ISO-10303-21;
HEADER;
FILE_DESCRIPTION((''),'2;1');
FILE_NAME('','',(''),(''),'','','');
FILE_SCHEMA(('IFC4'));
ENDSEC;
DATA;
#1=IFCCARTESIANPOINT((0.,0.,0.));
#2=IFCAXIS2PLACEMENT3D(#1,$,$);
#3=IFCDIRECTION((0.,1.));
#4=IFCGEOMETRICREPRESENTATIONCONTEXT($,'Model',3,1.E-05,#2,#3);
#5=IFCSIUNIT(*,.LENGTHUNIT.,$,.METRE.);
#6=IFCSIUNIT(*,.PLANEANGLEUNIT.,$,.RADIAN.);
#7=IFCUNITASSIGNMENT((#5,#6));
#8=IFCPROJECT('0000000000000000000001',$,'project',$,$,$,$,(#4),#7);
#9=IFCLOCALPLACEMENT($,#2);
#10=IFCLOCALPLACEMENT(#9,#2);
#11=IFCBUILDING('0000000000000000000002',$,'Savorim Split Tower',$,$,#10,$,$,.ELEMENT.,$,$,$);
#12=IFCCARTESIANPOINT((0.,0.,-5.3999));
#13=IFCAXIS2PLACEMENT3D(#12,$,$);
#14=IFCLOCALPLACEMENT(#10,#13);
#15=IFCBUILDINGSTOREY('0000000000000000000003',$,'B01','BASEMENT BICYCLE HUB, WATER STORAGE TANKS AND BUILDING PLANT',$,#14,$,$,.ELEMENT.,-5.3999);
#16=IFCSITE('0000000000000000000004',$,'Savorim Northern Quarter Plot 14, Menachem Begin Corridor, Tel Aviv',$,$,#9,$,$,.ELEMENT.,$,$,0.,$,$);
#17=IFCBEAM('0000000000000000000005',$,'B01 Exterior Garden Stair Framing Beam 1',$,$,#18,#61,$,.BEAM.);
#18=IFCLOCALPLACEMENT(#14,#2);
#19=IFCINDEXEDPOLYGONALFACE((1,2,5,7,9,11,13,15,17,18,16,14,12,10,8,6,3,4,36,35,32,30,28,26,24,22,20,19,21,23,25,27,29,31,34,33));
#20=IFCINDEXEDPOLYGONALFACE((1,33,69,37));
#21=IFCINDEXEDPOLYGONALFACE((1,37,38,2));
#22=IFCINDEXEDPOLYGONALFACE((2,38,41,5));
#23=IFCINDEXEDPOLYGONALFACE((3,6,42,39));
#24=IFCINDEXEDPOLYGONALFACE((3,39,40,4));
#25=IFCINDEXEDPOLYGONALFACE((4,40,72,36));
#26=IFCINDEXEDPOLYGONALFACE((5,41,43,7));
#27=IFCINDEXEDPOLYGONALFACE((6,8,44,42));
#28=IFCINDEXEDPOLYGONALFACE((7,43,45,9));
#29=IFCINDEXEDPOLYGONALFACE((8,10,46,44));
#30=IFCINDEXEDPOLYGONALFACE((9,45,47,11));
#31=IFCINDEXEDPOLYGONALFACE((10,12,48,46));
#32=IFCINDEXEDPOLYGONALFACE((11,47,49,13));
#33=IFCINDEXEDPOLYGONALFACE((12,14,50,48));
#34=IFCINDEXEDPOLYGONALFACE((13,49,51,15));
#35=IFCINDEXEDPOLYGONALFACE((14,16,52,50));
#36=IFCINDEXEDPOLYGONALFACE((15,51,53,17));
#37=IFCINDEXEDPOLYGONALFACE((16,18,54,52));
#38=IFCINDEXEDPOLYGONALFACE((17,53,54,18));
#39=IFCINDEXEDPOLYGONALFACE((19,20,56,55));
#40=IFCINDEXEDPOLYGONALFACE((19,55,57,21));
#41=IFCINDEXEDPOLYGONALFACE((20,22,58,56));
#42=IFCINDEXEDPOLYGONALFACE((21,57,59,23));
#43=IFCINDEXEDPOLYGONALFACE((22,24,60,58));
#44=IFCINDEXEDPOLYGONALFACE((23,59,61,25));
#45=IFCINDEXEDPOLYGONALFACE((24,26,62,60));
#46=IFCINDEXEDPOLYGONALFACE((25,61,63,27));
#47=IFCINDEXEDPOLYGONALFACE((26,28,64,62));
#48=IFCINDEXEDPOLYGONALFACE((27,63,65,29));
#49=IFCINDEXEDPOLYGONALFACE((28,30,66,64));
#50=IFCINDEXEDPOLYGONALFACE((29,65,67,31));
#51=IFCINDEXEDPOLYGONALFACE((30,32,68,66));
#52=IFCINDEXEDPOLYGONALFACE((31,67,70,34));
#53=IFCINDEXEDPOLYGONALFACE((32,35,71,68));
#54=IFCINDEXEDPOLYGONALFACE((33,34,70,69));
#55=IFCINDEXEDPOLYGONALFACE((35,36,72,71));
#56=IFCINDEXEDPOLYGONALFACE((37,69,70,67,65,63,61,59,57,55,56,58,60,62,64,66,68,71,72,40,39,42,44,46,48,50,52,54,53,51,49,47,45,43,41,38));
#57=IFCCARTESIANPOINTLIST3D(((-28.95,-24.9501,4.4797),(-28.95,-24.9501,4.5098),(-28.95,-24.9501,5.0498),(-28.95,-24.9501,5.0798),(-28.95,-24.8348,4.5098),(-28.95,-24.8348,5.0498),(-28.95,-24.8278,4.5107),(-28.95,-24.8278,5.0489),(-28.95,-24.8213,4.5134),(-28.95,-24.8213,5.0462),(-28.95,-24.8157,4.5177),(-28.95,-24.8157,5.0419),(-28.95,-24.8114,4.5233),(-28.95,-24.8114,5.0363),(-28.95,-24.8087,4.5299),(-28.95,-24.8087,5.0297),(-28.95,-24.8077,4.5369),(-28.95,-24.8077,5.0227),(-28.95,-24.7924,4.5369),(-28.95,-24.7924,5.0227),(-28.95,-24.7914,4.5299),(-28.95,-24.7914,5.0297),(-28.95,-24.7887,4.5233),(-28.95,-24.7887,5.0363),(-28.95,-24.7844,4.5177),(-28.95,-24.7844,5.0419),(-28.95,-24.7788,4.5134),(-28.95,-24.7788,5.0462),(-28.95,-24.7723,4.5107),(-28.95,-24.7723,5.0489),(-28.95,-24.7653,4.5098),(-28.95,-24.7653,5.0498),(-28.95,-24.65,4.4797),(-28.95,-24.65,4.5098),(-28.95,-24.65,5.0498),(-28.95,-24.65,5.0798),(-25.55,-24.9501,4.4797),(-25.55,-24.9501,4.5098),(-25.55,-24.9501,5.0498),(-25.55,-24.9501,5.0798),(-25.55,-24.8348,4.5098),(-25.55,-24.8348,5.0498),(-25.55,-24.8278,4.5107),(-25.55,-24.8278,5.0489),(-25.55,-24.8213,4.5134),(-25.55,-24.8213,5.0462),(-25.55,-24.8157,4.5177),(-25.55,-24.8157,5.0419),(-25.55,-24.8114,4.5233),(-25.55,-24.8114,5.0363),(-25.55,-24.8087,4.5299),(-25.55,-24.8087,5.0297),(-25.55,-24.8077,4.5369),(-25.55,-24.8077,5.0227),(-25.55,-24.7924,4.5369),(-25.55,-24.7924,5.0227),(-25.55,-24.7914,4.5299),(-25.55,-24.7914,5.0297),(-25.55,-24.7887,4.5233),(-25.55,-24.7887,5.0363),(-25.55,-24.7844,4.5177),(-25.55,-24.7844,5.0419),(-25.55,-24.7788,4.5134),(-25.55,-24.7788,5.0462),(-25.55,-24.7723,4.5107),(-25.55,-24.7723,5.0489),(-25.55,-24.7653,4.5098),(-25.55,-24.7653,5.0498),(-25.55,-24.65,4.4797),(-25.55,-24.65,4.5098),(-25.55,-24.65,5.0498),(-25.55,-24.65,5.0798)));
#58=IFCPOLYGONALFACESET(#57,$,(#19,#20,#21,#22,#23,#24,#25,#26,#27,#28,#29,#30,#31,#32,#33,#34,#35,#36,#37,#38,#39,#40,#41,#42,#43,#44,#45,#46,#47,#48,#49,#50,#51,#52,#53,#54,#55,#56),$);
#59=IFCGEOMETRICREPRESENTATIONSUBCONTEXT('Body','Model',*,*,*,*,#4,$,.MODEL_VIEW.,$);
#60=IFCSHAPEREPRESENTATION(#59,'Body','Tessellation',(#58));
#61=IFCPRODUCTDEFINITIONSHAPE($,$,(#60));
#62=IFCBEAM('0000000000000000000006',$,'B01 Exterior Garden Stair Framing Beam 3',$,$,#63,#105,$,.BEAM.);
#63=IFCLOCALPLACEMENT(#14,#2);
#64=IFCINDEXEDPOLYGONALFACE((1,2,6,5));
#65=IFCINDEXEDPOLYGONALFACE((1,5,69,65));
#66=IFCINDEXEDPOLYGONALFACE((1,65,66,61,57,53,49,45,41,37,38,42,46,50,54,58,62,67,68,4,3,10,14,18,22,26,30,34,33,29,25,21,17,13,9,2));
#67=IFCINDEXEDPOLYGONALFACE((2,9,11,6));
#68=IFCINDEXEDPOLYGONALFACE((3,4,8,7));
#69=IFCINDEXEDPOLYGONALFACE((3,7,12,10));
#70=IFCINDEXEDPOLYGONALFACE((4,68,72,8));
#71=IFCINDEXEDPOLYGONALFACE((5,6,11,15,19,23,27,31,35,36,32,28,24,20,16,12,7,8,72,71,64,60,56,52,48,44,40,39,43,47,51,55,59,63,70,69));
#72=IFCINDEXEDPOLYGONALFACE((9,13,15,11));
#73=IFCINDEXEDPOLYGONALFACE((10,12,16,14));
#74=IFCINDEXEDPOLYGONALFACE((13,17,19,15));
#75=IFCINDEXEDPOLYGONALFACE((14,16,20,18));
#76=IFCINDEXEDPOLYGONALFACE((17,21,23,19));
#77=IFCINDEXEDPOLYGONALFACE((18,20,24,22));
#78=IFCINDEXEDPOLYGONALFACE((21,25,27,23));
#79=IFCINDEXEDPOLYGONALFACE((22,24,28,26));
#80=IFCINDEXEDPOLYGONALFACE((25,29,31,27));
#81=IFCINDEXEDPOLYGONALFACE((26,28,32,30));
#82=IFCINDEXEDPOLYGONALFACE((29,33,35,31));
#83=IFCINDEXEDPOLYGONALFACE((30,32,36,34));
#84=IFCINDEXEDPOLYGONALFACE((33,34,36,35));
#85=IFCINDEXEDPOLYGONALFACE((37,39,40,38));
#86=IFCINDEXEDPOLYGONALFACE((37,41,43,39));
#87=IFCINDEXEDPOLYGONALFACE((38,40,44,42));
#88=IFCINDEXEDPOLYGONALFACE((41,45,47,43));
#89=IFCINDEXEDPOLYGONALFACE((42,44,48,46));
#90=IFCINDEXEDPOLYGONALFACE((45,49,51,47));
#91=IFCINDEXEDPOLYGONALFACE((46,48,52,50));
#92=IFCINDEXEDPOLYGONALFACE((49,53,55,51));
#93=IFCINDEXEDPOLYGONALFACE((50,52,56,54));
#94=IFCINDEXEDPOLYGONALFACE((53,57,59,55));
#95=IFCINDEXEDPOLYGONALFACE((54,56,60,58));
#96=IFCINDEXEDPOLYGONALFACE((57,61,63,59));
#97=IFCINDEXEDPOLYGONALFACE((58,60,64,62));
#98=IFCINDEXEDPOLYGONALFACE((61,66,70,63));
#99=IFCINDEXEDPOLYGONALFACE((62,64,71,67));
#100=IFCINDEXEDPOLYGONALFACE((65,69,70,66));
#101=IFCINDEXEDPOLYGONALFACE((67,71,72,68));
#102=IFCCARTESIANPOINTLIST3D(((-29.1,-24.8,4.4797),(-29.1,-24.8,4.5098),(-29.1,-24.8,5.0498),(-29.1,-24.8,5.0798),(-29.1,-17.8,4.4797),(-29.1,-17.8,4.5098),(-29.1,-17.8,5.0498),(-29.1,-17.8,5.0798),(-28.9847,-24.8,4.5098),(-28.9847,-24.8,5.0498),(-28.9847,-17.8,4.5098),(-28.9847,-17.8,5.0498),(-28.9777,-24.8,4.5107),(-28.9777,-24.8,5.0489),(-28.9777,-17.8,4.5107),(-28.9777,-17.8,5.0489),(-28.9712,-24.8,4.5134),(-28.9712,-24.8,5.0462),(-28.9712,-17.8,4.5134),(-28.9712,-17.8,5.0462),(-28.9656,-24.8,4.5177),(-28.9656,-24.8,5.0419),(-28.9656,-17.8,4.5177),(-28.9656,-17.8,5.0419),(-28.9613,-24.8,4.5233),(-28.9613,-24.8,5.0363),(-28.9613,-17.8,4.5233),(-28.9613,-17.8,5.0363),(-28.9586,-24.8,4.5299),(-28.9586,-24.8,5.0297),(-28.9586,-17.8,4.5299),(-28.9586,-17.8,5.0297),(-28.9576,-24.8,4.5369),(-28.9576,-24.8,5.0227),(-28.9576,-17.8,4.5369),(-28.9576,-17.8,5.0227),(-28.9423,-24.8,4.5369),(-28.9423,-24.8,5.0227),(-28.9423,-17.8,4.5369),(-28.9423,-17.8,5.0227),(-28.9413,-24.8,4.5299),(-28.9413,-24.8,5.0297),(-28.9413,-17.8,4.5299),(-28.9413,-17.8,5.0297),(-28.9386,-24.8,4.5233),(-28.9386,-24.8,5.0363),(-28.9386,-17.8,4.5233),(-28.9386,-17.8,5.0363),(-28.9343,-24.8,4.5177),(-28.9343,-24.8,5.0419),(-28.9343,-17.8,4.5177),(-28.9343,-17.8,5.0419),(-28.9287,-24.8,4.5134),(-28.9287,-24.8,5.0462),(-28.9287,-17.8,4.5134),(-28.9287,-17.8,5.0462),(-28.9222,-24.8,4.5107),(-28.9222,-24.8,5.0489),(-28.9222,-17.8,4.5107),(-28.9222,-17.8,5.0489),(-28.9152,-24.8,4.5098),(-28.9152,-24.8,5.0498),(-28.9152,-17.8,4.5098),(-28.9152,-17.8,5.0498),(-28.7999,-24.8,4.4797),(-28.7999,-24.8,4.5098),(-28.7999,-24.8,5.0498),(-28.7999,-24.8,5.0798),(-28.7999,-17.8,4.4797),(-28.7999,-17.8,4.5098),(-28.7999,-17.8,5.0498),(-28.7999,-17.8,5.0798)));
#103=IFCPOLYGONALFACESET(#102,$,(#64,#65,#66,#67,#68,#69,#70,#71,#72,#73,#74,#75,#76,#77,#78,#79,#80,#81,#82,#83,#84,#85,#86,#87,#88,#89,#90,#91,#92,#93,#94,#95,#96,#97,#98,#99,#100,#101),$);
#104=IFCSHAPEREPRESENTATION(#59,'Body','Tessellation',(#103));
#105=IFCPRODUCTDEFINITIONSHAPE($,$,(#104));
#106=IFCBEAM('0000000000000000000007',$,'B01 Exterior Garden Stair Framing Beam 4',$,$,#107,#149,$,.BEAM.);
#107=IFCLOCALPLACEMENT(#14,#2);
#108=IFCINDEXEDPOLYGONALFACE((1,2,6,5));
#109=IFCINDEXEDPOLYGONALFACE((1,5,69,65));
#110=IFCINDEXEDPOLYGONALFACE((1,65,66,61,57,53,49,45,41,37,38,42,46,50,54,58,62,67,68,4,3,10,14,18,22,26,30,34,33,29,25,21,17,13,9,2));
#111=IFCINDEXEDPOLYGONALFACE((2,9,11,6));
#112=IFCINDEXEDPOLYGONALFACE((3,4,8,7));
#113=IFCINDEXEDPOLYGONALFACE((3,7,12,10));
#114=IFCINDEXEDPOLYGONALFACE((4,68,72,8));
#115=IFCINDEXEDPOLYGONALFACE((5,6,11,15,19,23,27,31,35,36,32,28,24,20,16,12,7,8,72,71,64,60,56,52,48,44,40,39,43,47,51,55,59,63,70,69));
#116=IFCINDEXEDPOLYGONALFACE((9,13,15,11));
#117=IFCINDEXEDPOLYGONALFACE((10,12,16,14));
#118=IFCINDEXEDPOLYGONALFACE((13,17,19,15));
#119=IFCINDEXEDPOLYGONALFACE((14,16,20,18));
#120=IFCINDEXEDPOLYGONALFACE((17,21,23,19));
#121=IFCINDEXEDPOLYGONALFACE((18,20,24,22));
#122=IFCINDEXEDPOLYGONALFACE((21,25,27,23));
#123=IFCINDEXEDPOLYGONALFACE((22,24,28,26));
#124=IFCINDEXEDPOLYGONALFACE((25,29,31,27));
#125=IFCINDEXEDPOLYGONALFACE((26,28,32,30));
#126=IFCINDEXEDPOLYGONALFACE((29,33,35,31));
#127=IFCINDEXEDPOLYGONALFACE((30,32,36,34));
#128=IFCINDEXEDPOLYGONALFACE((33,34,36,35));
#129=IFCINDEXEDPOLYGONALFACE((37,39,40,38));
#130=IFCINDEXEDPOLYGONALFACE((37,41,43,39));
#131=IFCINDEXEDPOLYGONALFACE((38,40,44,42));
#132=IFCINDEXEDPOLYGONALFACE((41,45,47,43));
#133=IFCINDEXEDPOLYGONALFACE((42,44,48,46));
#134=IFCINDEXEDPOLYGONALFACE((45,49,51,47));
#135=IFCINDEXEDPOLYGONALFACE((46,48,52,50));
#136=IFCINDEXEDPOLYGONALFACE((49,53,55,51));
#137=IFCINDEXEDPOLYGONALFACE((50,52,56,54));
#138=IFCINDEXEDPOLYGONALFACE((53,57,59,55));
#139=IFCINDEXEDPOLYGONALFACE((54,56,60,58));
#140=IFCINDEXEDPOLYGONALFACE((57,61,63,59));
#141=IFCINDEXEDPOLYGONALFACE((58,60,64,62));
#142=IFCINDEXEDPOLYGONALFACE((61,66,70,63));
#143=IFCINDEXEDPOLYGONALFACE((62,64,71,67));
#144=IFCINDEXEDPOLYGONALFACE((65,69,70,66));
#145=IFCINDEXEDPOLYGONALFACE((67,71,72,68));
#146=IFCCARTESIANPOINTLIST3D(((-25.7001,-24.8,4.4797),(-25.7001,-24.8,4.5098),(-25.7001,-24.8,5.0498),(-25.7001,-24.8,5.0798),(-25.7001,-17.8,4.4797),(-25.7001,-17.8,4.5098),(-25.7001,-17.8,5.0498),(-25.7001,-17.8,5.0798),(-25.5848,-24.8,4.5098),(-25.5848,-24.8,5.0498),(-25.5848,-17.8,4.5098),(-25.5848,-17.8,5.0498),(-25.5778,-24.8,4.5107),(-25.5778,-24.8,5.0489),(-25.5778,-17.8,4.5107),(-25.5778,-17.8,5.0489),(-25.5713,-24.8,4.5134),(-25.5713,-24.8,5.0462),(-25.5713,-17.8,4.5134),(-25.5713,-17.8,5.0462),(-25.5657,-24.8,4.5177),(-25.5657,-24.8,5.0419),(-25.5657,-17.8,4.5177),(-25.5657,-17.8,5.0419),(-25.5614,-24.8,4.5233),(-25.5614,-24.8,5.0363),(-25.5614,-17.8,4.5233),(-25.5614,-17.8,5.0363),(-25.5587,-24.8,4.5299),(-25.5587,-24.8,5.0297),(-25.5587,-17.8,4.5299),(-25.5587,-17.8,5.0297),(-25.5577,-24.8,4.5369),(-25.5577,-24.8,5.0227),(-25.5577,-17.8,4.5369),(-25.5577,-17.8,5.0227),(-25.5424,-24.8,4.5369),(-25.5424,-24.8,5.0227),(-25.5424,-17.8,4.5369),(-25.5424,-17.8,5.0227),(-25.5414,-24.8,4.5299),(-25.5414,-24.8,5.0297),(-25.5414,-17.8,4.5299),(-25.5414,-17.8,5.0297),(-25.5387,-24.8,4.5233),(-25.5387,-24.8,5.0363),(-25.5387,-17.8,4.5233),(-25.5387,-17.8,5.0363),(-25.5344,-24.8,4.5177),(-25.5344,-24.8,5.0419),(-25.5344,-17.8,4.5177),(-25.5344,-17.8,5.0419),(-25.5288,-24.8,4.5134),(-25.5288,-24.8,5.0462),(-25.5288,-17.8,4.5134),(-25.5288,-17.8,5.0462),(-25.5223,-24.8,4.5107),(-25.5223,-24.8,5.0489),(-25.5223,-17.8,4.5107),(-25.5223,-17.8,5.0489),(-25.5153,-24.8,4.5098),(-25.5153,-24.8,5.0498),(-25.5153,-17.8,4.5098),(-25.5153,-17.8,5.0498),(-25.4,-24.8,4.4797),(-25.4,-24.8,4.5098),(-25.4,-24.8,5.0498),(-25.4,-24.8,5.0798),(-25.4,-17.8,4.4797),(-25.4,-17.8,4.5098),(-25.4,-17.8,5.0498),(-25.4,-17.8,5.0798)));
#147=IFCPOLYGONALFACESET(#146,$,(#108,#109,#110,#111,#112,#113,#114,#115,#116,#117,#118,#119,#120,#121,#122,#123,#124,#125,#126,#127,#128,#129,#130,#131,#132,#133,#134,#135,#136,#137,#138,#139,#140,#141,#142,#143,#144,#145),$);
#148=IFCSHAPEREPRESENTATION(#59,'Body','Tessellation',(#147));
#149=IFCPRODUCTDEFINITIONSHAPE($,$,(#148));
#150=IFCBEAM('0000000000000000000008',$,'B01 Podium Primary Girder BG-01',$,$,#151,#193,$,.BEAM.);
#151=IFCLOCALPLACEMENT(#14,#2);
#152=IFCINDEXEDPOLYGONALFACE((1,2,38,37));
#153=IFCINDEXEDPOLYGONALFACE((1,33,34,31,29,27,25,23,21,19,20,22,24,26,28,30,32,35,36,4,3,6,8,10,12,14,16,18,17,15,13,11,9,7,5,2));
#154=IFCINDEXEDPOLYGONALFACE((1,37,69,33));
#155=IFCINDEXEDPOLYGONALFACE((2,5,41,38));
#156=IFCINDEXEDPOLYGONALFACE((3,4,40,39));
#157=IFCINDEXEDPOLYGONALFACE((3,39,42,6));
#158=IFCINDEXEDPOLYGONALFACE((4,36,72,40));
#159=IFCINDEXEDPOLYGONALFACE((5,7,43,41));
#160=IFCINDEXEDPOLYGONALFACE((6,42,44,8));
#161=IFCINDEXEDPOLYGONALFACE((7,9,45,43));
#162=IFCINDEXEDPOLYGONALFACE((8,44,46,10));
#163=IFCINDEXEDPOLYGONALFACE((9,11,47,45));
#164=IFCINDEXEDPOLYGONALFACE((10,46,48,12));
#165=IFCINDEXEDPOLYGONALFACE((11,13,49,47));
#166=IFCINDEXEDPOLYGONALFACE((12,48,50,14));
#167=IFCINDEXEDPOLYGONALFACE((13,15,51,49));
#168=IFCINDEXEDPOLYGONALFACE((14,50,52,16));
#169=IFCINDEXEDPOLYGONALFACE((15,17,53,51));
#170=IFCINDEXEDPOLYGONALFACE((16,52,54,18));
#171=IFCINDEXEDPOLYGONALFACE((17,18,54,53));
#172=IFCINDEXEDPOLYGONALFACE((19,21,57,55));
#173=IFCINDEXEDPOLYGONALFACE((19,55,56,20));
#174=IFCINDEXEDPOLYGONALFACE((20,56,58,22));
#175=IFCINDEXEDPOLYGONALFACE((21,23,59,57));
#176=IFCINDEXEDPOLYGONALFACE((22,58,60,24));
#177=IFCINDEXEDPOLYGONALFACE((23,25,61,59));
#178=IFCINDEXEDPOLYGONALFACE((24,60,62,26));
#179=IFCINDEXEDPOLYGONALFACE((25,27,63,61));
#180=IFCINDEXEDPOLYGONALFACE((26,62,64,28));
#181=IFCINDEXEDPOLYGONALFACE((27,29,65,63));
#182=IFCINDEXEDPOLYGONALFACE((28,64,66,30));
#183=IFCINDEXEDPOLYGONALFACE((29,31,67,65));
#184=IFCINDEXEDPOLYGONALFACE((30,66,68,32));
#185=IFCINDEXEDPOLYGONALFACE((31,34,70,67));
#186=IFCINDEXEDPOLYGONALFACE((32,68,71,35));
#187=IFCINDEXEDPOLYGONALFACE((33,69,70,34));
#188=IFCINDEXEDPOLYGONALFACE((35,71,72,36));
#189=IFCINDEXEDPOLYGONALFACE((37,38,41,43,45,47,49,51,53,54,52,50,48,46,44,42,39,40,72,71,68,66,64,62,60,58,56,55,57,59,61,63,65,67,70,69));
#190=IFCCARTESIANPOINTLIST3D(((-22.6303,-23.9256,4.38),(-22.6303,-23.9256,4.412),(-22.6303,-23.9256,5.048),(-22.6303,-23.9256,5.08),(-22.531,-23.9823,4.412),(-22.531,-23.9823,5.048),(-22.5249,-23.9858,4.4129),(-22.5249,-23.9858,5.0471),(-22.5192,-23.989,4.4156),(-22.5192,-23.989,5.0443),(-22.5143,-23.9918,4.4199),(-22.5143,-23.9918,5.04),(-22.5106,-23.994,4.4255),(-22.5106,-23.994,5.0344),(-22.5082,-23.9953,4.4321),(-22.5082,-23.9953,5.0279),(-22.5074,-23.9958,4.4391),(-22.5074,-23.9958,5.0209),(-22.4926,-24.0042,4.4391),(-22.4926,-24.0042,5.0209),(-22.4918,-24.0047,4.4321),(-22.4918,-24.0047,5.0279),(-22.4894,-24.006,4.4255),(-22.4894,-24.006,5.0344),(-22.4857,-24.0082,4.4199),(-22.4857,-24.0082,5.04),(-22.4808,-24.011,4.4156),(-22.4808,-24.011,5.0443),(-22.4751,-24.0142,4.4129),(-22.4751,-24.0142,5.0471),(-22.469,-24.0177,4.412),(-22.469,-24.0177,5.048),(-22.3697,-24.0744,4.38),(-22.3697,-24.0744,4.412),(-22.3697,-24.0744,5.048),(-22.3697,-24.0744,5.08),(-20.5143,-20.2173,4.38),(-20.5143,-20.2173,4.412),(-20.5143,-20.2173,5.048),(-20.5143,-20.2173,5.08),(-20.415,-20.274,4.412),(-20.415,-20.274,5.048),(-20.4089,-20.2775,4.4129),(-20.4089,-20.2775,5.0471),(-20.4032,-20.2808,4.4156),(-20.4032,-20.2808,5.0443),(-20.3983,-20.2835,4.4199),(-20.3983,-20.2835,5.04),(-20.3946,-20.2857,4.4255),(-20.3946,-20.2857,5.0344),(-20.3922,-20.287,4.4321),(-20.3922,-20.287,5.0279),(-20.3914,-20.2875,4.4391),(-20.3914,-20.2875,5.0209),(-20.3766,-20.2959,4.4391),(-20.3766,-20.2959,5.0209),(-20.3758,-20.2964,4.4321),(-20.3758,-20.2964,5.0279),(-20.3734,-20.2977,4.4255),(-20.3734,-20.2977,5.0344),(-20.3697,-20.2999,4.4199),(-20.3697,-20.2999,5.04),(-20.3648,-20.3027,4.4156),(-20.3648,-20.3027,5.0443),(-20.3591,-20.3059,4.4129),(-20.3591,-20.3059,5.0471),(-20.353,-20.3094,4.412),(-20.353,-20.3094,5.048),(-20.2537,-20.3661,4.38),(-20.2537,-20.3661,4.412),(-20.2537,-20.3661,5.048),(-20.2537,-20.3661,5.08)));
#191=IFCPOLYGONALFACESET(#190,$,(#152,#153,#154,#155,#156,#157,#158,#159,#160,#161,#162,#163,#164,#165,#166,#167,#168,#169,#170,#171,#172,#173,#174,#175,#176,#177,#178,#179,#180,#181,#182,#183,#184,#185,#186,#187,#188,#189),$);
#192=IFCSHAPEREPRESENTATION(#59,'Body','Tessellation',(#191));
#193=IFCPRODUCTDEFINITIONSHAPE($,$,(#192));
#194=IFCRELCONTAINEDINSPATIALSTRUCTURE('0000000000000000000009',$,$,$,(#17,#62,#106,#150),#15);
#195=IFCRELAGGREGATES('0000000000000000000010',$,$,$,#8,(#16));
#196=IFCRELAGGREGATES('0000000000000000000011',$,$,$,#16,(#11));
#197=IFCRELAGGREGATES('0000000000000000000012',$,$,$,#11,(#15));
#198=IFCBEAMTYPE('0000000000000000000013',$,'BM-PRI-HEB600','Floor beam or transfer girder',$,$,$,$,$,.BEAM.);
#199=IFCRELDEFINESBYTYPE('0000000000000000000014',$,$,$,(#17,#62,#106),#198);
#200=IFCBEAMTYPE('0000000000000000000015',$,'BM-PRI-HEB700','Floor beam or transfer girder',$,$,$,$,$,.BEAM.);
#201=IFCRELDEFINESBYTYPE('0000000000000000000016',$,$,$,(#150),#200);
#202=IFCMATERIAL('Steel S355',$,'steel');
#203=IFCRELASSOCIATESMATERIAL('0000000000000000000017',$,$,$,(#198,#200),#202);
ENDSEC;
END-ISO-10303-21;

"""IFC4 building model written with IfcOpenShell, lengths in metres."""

from ifc_helpers import new_model, si_unit, direction, frame, origin, origin_2d, place, context, subcontext, project, spatial, i_section, extrude, material, material_profile, profile_set, type_object, element, save


model = new_model("IFC4")

# Units and contexts
model_context = context("Model", 3, precision=1e-05, world=origin(), true_north=direction((0.0, 1.0)))
body_context = subcontext(model_context, "Body", "Model", "MODEL_VIEW")
ifc_project = project(units=[si_unit("LENGTHUNIT", "METRE"), si_unit("PLANEANGLEUNIT", "RADIAN")], contexts=[model_context])

# Site, building, storey
site_placement = place(None, origin())
site = spatial("IfcSite", under=ifc_project, at=site_placement, Name="Savorim Northern Quarter Plot 14, Menachem Begin Corridor, Tel Aviv", CompositionType="ELEMENT", RefElevation=0.0)
building_placement = place(site_placement, origin())
building = spatial("IfcBuilding", under=site, at=building_placement, Name="Savorim Split Tower", CompositionType="ELEMENT")
storey_placement = place(building_placement, frame((0.0, 0.0, -5.3999)))
storey = spatial("IfcBuildingStorey", under=building, at=storey_placement, Name="B01", Description="BASEMENT BICYCLE HUB, WATER STORAGE TANKS AND BUILDING PLANT", CompositionType="ELEMENT", Elevation=-5.3999)

# Beams
ifc_material_1 = material(Name="Steel S355", Category="steel")
ifc_material_profile_1 = material_profile(ifc_material_1, i_section(OverallWidth=0.3, OverallDepth=0.6001, WebThickness=0.0154, FlangeThickness=0.03, FilletRadius=0.0271, at=origin_2d()), Name="HEB 600")
ifc_profile_set_1 = profile_set([ifc_material_profile_1], Name="Steel S355")
beam_type_1 = type_object("IfcBeamType", Name="BM-PRI-HEB600", Description="Floor beam or transfer girder", PredefinedType="BEAM", material=ifc_profile_set_1)
beam_1_placement = place(storey_placement, frame((-28.95, -24.8, 4.7798), z_axis=(1.0, 0.0, 0.0), x_axis=(0.0, 1.0, 0.0)))
element("IfcBeam", 1, at=beam_1_placement, inside=storey, type_object=beam_type_1, Name="B01 Exterior Garden Stair Framing Beam 1", PredefinedType="BEAM", context=body_context, shape_type="SweptSolid", body=[
    extrude(i_section(OverallWidth=0.3, OverallDepth=0.6001, WebThickness=0.0154, FlangeThickness=0.03, FilletRadius=0.0271, at=origin_2d()), origin(), (0.0, 0.0, 1.0), 3.3999),
])
for number, where, z_axis, x_axis, name in (
    (2, (-28.95, -24.8, 4.7798), (0.0, 1.0, 0.0), (-1.0, 0.0, 0.0), "B01 Exterior Garden Stair Framing Beam 3"),
    (3, (-25.55, -24.8, 4.7798), (0.0, 1.0, 0.0), (-1.0, 0.0, 0.0), "B01 Exterior Garden Stair Framing Beam 4"),
):
    element("IfcBeam", number, at=place(storey_placement, frame(where, z_axis=z_axis, x_axis=x_axis)), inside=storey, type_object=beam_type_1, Name=name, PredefinedType="BEAM", context=body_context, shape_type="SweptSolid", body=[
        extrude(i_section(OverallWidth=0.3, OverallDepth=0.6001, WebThickness=0.0154, FlangeThickness=0.03, FilletRadius=0.0271, at=origin_2d()), origin(), (0.0, 0.0, 1.0), 7.0),
    ])
ifc_material_profile_2 = material_profile(ifc_material_1, i_section(OverallWidth=0.3, OverallDepth=0.7, WebThickness=0.0171, FlangeThickness=0.032, FilletRadius=0.0271, at=origin_2d()), Name="HEB 700")
ifc_profile_set_2 = profile_set([ifc_material_profile_2], Name="Steel S355")
beam_type_2 = type_object("IfcBeamType", Name="BM-PRI-HEB700", Description="Floor beam or transfer girder", PredefinedType="BEAM", material=ifc_profile_set_2)
beam_2_placement = place(storey_placement, frame((-22.5, -24.0, 4.73), z_axis=(0.495603, 0.868549, 0.0), x_axis=(-0.868549, 0.495603, 0.0)))
element("IfcBeam", 4, at=beam_2_placement, inside=storey, type_object=beam_type_2, Name="B01 Podium Primary Girder BG-01", PredefinedType="BEAM", context=body_context, shape_type="SweptSolid", body=[
    extrude(i_section(OverallWidth=0.3, OverallDepth=0.7, WebThickness=0.0171, FlangeThickness=0.032, FilletRadius=0.0271, at=origin_2d()), origin(), (0.0, 0.0, 1.0), 4.2695),
])

save(model, "model.ifc")
